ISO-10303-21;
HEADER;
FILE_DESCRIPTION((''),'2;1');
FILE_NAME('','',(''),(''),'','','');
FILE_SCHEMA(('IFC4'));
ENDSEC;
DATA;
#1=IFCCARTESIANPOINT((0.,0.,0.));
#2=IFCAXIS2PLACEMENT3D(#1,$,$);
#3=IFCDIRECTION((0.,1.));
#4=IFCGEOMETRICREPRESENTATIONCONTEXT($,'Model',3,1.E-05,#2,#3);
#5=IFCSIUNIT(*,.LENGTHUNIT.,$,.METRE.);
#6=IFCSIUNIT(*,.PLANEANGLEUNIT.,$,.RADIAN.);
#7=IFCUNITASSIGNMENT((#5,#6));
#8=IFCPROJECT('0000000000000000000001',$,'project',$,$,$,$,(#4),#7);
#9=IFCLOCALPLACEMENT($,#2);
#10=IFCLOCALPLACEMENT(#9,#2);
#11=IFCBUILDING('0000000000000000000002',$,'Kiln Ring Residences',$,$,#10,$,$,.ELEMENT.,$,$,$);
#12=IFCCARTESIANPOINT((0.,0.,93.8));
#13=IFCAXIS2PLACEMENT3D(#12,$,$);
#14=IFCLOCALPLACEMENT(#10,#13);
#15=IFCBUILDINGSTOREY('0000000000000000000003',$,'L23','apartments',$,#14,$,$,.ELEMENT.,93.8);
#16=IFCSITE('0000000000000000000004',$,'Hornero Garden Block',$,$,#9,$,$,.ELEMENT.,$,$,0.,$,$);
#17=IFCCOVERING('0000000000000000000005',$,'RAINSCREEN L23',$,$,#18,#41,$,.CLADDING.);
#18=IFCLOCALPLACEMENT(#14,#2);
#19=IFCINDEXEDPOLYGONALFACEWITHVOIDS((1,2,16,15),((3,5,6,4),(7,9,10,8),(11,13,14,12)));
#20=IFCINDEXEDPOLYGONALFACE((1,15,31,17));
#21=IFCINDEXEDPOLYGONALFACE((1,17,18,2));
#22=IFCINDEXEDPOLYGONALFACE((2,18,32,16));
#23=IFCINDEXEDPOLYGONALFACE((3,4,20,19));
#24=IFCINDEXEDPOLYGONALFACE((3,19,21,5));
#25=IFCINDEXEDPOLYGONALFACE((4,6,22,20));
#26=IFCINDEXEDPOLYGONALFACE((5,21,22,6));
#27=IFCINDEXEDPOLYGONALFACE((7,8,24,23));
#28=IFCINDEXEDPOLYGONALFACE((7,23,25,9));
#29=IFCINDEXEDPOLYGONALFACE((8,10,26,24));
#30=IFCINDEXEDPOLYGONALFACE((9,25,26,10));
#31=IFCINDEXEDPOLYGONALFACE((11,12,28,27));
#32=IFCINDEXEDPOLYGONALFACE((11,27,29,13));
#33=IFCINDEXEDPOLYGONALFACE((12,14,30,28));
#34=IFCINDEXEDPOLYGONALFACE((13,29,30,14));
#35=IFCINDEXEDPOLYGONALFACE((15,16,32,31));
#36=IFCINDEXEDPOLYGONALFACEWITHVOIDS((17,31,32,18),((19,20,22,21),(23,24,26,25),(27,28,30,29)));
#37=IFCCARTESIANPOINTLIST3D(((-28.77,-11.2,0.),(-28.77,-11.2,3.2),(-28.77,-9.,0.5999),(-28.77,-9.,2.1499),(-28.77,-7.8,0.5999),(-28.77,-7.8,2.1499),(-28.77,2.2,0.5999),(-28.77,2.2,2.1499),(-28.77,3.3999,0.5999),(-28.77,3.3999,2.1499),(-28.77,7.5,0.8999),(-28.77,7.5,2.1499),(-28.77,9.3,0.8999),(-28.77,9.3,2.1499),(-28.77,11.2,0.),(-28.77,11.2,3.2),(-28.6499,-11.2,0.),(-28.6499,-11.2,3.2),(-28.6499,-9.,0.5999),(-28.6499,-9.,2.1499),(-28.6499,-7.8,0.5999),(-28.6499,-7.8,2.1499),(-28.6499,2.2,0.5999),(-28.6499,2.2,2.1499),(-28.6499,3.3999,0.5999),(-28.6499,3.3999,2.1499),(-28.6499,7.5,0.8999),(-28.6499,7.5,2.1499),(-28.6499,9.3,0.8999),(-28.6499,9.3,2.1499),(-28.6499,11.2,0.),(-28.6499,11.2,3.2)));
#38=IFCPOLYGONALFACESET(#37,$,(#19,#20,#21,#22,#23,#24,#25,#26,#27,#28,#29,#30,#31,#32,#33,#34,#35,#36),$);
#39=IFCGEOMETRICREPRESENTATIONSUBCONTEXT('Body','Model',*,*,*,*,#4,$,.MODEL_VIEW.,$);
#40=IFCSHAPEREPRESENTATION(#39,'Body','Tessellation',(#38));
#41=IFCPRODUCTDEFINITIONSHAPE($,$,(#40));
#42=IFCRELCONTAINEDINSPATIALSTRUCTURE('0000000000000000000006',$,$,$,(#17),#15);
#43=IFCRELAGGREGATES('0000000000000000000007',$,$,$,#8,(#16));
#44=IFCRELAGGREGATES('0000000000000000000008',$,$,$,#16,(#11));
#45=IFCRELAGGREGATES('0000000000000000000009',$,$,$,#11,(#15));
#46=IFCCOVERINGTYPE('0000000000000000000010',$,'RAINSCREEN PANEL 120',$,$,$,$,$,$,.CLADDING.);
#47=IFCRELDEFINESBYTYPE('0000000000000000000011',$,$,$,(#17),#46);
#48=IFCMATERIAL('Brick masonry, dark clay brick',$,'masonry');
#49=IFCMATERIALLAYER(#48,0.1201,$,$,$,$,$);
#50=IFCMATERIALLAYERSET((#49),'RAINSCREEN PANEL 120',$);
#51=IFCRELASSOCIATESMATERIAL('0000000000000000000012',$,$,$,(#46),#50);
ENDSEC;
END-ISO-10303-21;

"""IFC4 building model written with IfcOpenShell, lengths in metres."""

from ifc_helpers import new_model, si_unit, direction, frame, origin, place, context, subcontext, project, spatial, polyline, outline, extrude, material, layer, layer_set, type_object, element, save


model = new_model("IFC4")

# Units and contexts
model_context = context("Model", 3, precision=1e-05, world=origin(), true_north=direction((0.0, 1.0)))
body_context = subcontext(model_context, "Body", "Model", "MODEL_VIEW")
ifc_project = project(units=[si_unit("LENGTHUNIT", "METRE"), si_unit("PLANEANGLEUNIT", "RADIAN")], contexts=[model_context])

# Site, building, storey
site_placement = place(None, origin())
site = spatial("IfcSite", under=ifc_project, at=site_placement, Name="Hornero Garden Block", CompositionType="ELEMENT", RefElevation=0.0)
building_placement = place(site_placement, origin())
building = spatial("IfcBuilding", under=site, at=building_placement, Name="Kiln Ring Residences", CompositionType="ELEMENT")
storey_placement = place(building_placement, frame((0.0, 0.0, 93.8)))
storey = spatial("IfcBuildingStorey", under=building, at=storey_placement, Name="L23", Description="apartments", CompositionType="ELEMENT", Elevation=93.8)

# Covering
ifc_material_1 = material(Name="Brick masonry, dark clay brick", Category="masonry")
ifc_layer_1 = layer(ifc_material_1, 0.1201)
ifc_layer_set_1 = layer_set([ifc_layer_1], Name="RAINSCREEN PANEL 120")
covering_type = type_object("IfcCoveringType", Name="RAINSCREEN PANEL 120", PredefinedType="CLADDING", material=ifc_layer_set_1)
covering_placement = place(storey_placement, frame((-28.71, 11.2, 0.0), z_axis=(0.0, 0.0, 1.0), x_axis=(0.0, -1.0, 0.0)))
element("IfcCovering", 1, at=covering_placement, inside=storey, type_object=covering_type, Name="RAINSCREEN L23", PredefinedType="CLADDING", context=body_context, shape_type="SweptSolid", body=[
    extrude(outline(polyline([(0.0, 0.0), (22.3999, 0.0), (22.3999, 3.2), (0.0, 3.2), (0.0, 0.0)]), holes=[polyline([(9.0, 2.1499), (7.8, 2.1499), (7.8, 0.5999), (9.0, 0.5999), (9.0, 2.1499)]), polyline([(20.2, 0.5999), (20.2, 2.1499), (19.0, 2.1499), (19.0, 0.5999), (20.2, 0.5999)]), polyline([(3.7, 0.8999), (3.7, 2.1499), (1.8999, 2.1499), (1.8999, 0.8999), (3.7, 0.8999)])]), frame((0.0, 0.0601, 0.0), z_axis=(0.0, -1.0, 0.0), x_axis=(1.0, 0.0, 0.0)), (0.0, 0.0, 1.0), 0.1201),
])

save(model, "model.ifc")
